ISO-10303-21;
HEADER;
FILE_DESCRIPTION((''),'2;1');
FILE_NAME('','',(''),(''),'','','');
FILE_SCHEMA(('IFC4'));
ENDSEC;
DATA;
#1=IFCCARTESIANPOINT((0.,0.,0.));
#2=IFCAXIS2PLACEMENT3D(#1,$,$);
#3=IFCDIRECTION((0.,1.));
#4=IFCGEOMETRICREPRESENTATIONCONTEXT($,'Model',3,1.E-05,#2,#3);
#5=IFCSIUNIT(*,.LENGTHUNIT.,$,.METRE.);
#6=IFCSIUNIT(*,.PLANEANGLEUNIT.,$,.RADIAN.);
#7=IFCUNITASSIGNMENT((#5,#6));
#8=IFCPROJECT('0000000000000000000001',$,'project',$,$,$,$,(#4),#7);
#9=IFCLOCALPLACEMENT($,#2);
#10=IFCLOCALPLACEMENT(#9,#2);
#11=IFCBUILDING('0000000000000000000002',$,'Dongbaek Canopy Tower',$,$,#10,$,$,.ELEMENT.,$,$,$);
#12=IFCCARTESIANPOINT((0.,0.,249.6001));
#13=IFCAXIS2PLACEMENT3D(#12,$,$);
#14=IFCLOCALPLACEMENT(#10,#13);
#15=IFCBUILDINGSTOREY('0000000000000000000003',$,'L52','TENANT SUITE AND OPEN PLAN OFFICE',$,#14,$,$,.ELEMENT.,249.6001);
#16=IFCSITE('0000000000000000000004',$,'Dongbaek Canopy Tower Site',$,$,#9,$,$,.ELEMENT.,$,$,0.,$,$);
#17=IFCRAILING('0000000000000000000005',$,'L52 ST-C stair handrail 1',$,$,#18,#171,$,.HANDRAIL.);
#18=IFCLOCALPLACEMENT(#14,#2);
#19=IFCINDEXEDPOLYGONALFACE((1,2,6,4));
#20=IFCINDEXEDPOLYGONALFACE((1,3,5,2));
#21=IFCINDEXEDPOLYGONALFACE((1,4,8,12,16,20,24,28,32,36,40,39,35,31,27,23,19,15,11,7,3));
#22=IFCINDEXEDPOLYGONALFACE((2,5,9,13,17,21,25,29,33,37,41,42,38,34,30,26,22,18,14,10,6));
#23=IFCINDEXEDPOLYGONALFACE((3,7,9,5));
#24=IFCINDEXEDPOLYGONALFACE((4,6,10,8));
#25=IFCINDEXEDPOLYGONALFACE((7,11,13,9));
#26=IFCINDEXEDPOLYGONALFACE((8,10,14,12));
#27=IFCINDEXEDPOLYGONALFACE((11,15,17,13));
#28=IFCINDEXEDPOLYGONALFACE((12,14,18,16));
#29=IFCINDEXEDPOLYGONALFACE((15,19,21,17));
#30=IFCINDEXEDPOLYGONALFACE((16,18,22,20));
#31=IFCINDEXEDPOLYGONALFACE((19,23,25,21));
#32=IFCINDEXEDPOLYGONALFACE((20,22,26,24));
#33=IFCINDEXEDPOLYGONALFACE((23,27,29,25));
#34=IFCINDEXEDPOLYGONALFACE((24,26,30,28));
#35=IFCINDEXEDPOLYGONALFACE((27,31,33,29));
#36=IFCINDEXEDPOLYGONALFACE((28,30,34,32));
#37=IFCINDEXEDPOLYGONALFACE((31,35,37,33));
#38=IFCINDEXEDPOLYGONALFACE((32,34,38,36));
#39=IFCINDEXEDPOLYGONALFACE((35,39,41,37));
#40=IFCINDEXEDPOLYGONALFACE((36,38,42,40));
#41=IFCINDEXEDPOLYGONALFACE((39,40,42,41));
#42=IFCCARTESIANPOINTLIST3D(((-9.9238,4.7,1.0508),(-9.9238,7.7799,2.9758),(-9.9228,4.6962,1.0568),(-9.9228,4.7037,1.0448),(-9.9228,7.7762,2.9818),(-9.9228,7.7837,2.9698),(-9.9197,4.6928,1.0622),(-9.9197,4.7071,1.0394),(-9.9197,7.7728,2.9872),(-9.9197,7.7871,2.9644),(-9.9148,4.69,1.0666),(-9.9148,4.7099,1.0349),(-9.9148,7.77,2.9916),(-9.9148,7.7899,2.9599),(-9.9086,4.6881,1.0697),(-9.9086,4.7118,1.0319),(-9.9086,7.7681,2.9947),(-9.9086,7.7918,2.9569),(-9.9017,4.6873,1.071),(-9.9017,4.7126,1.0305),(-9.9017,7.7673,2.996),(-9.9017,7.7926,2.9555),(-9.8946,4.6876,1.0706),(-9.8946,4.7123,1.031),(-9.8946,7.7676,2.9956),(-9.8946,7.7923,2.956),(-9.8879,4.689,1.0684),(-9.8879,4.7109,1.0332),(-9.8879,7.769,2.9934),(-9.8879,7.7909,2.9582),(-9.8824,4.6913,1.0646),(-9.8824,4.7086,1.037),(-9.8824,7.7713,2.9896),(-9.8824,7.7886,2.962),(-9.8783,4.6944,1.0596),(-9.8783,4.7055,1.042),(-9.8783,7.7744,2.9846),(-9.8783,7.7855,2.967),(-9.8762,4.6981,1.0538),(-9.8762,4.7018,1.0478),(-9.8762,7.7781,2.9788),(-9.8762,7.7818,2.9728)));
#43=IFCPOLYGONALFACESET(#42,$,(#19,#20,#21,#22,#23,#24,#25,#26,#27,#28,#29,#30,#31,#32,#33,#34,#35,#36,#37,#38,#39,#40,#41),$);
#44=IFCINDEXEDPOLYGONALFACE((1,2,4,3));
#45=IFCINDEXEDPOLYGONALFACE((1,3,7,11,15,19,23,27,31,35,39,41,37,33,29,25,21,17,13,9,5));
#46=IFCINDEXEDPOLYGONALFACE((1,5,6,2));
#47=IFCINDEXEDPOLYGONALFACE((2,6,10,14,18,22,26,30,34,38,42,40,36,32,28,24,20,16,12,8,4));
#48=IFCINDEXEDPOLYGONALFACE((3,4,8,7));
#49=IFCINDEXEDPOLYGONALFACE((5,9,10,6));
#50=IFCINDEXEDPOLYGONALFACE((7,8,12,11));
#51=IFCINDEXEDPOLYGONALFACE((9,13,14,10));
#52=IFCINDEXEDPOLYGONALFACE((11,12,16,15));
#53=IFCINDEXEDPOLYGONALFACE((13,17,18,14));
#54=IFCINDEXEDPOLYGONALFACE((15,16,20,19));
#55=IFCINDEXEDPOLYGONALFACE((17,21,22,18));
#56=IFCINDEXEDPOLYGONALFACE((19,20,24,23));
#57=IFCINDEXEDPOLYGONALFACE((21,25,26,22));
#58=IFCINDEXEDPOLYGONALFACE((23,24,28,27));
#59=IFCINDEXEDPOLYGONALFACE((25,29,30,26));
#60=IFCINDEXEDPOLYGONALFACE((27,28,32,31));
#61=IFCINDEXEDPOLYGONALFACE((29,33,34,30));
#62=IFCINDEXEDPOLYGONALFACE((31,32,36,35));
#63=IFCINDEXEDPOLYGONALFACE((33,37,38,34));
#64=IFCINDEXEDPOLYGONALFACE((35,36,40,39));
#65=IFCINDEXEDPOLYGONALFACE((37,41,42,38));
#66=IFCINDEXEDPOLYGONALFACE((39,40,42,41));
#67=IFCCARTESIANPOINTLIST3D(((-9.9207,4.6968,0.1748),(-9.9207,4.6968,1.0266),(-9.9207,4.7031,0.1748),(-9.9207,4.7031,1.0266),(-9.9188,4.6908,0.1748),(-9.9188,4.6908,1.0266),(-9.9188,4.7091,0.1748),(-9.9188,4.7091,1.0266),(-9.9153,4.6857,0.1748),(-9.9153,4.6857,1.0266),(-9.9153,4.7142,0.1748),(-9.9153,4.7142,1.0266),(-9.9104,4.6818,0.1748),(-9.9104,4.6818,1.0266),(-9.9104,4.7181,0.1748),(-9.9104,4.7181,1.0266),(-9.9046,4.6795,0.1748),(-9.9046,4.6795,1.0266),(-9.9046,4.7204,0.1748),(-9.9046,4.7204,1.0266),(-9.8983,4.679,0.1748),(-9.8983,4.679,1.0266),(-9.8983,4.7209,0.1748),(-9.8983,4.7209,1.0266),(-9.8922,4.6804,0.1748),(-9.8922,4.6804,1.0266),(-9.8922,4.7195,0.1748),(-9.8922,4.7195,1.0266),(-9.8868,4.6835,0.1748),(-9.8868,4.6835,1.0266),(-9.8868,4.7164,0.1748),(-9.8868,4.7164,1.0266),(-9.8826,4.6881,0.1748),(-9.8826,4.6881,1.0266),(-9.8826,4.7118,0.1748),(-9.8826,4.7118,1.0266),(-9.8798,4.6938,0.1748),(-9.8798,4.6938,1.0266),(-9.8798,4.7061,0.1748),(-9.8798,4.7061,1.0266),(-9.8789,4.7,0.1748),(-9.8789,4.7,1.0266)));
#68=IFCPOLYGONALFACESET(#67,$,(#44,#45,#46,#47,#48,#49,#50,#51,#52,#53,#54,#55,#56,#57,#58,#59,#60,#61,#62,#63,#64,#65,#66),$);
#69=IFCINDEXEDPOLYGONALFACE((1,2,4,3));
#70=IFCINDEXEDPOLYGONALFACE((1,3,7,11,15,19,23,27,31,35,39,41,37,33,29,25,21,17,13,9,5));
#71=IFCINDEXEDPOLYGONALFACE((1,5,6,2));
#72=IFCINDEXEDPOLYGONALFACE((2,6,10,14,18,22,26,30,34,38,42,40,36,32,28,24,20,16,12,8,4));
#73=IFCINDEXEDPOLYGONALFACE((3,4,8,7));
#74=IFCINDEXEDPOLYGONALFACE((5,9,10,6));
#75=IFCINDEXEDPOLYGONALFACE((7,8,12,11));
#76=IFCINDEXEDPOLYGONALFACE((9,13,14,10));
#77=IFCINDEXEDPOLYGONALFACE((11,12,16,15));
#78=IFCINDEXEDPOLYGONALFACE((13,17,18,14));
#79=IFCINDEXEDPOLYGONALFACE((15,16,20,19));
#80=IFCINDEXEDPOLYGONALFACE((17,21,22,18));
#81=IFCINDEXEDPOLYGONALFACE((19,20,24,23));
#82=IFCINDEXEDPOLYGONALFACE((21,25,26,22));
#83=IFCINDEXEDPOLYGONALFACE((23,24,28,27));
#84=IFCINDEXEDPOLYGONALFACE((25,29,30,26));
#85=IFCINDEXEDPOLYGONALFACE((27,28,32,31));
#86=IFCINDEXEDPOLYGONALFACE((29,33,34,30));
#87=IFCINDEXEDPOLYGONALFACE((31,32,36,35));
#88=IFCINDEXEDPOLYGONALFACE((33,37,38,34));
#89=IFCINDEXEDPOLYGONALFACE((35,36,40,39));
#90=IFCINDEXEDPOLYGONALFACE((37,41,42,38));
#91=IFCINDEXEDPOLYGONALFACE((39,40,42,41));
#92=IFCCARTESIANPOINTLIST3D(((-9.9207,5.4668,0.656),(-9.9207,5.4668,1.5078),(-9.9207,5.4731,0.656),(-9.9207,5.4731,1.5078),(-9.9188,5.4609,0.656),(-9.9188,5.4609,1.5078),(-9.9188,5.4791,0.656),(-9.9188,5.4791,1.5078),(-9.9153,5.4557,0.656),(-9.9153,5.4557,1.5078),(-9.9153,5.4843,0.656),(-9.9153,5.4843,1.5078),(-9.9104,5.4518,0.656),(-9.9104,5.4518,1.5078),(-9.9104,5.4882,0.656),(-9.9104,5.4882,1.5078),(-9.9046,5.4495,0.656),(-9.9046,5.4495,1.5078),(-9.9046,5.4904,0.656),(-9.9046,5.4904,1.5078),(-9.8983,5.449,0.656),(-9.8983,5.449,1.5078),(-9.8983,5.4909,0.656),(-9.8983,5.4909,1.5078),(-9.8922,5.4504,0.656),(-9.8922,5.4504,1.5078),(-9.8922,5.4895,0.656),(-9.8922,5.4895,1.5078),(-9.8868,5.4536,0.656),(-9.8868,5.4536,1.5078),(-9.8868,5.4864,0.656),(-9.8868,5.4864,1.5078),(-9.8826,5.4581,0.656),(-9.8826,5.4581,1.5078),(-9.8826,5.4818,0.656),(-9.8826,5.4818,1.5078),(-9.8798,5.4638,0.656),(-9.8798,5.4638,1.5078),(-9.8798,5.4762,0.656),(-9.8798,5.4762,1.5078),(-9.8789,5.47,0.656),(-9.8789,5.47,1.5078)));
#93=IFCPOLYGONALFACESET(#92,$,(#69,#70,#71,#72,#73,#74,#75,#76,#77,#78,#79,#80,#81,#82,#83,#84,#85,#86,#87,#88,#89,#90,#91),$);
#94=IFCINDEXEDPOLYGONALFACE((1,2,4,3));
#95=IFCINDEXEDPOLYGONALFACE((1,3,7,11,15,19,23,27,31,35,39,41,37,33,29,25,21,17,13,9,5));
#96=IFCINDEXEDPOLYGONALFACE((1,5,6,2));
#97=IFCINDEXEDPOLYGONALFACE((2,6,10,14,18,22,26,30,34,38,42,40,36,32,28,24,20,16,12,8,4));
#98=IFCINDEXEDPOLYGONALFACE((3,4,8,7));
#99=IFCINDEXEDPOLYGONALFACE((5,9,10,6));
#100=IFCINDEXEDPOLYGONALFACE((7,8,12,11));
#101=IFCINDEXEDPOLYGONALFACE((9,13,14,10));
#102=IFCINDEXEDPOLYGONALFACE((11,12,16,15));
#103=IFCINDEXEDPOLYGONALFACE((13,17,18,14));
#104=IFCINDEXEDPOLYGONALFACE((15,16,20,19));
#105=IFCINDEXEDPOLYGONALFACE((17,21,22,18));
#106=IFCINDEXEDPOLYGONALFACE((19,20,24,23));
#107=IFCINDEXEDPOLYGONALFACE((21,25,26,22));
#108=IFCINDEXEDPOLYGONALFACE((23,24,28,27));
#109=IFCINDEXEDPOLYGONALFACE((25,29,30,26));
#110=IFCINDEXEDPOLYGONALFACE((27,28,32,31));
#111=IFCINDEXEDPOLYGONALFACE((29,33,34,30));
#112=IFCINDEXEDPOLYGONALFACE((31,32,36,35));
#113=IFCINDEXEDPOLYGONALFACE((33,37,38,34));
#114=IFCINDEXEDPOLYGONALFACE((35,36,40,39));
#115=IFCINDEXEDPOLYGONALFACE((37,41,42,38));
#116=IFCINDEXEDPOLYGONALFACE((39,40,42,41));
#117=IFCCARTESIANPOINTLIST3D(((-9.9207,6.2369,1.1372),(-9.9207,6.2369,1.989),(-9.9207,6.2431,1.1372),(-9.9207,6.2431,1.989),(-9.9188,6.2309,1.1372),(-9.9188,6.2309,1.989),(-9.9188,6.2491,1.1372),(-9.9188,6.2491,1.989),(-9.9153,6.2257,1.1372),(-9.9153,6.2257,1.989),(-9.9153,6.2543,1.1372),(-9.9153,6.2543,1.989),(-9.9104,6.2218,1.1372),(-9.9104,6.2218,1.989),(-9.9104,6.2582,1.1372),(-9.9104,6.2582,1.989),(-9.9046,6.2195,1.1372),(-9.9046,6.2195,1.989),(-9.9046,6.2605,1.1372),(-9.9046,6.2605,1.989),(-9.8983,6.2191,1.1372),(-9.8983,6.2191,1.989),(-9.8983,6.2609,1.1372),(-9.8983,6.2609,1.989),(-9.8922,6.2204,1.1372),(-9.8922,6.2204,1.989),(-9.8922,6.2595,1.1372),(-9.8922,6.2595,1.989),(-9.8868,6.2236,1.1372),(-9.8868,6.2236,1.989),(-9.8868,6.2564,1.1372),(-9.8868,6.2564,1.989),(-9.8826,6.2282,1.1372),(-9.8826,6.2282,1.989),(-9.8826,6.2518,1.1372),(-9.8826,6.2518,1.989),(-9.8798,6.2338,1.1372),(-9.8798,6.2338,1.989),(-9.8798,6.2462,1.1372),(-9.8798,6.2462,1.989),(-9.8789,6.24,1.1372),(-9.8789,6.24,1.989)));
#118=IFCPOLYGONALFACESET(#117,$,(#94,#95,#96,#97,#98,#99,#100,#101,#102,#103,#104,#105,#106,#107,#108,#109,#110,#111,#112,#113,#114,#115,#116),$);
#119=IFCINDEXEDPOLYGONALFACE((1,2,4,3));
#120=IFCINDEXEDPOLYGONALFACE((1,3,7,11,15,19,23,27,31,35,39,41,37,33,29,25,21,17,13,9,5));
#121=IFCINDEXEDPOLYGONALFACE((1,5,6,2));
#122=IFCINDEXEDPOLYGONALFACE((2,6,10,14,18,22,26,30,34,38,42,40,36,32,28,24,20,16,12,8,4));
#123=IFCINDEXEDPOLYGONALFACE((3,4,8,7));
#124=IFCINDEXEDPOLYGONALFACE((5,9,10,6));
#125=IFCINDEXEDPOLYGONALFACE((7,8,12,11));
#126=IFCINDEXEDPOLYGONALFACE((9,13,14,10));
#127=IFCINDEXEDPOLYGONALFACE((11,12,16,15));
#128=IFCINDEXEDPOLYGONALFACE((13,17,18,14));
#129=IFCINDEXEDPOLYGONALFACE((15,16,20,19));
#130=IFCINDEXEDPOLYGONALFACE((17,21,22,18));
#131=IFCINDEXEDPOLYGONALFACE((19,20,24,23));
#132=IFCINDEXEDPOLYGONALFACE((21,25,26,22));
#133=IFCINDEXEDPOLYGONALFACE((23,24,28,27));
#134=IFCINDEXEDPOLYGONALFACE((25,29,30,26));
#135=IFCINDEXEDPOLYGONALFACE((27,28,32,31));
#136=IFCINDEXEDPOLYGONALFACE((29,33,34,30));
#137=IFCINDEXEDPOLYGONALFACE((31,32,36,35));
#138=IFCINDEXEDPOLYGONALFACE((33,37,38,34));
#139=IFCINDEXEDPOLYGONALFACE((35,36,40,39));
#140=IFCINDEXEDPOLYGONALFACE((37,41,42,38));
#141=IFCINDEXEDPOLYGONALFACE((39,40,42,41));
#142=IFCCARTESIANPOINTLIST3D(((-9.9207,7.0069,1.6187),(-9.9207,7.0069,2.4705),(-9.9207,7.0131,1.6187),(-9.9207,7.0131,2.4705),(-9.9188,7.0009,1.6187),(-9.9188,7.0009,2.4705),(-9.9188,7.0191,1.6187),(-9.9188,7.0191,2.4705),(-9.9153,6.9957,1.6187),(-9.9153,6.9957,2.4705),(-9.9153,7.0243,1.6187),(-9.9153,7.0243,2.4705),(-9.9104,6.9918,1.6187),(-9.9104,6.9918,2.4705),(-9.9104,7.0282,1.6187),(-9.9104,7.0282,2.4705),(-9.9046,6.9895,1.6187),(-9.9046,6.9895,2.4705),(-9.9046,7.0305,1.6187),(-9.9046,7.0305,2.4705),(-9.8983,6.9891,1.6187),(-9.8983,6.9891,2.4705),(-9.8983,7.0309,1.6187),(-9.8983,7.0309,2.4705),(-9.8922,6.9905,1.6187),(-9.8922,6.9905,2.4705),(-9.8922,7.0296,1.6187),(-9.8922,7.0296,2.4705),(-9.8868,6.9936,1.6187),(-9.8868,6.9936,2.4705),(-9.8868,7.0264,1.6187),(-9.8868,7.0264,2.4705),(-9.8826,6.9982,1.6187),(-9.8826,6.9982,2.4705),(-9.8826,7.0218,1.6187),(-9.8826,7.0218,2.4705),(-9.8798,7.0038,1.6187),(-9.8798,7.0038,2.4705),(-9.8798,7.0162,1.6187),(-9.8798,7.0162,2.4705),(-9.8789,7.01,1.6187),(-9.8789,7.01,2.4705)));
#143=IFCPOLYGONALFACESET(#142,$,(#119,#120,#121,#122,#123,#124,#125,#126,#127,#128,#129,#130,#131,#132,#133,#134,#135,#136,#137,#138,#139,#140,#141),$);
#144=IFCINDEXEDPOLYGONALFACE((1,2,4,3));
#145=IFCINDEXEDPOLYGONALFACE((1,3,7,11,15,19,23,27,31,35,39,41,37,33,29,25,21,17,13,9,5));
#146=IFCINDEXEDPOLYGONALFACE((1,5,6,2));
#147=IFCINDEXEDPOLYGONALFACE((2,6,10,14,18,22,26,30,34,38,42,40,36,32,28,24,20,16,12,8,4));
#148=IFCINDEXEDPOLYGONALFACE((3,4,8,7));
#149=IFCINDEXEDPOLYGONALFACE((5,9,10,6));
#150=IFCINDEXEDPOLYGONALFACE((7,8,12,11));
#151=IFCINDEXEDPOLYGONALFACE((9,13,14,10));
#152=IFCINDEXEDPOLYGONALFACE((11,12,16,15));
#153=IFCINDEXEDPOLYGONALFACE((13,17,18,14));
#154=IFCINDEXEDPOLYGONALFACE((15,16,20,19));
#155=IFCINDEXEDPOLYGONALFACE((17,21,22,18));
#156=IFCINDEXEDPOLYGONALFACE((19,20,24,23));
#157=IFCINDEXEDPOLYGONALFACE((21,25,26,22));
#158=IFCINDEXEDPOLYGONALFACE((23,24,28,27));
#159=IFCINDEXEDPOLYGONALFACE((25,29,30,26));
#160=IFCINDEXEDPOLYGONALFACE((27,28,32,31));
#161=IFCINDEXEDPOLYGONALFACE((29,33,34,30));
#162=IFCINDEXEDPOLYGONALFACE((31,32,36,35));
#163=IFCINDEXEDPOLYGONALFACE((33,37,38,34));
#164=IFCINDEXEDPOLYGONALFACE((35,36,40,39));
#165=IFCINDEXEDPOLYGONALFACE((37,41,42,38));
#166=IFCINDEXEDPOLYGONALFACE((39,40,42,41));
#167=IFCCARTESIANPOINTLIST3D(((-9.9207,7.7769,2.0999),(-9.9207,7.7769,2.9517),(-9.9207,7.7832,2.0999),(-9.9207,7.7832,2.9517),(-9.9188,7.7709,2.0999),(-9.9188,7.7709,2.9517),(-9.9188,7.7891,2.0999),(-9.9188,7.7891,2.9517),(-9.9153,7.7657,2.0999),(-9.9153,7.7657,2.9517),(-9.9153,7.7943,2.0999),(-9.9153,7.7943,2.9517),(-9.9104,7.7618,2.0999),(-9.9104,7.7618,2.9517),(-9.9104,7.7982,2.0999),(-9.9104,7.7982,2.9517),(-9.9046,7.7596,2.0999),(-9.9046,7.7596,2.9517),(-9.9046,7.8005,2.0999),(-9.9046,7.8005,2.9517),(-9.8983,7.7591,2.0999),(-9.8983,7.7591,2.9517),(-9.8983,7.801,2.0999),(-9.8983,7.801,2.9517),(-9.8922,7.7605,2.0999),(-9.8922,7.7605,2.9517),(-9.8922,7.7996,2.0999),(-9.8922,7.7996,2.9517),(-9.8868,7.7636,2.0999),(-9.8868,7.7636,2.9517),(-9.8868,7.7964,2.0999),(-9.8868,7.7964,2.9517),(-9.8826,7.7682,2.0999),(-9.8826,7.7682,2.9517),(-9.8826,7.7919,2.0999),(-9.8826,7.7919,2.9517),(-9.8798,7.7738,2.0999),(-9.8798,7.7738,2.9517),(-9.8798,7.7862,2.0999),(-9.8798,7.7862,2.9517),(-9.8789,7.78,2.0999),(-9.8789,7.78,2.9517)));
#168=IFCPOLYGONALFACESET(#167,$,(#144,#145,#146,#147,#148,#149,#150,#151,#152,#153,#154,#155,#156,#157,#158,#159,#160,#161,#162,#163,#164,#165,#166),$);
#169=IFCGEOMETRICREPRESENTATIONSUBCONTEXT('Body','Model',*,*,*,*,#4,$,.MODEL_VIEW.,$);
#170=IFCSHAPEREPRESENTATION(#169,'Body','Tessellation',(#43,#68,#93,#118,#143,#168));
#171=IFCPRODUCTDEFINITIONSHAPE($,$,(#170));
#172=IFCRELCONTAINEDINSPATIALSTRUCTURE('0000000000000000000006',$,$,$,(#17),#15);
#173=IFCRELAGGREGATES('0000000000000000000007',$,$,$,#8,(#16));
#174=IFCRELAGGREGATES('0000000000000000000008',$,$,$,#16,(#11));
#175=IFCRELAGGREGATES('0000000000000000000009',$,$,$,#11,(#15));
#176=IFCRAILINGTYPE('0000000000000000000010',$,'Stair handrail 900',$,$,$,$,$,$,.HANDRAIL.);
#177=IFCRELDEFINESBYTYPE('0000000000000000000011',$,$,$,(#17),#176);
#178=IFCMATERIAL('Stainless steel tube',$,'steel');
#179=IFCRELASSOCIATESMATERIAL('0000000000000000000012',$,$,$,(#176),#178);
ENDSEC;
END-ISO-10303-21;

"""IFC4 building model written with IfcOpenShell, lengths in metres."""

from ifc_helpers import new_model, si_unit, direction, frame, origin, origin_2d, place, context, subcontext, project, spatial, circle, extrude, material, type_object, element, save


model = new_model("IFC4")

# Units and contexts
model_context = context("Model", 3, precision=1e-05, world=origin(), true_north=direction((0.0, 1.0)))
body_context = subcontext(model_context, "Body", "Model", "MODEL_VIEW")
ifc_project = project(units=[si_unit("LENGTHUNIT", "METRE"), si_unit("PLANEANGLEUNIT", "RADIAN")], contexts=[model_context])

# Site, building, storey
site_placement = place(None, origin())
site = spatial("IfcSite", under=ifc_project, at=site_placement, Name="Dongbaek Canopy Tower Site", CompositionType="ELEMENT", RefElevation=0.0)
building_placement = place(site_placement, origin())
building = spatial("IfcBuilding", under=site, at=building_placement, Name="Dongbaek Canopy Tower", CompositionType="ELEMENT")
storey_placement = place(building_placement, frame((0.0, 0.0, 249.6001)))
storey = spatial("IfcBuildingStorey", under=building, at=storey_placement, Name="L52", Description="TENANT SUITE AND OPEN PLAN OFFICE", CompositionType="ELEMENT", Elevation=249.6001)

# Railing
ifc_material_1 = material(Name="Stainless steel tube", Category="steel")
railing_type_1 = type_object("IfcRailingType", Name="Stair handrail 900", PredefinedType="HANDRAIL", material=ifc_material_1)
railing_1_placement = place(storey_placement, frame((-9.8999, 4.7, 0.1748)))
element("IfcRailing", 1, at=railing_1_placement, inside=storey, type_object=railing_type_1, Name="L52 ST-C stair handrail 1", PredefinedType="HANDRAIL", context=body_context, shape_type="SweptSolid", body=[
    extrude(circle(Radius=0.0239, at=origin_2d()), frame((0.0, 0.0, 0.876), z_axis=(0.0, 0.847998, 0.529999), x_axis=(-1.0, 0.0, 0.0)), (0.0, 0.0, 1.0), 3.6321),
    extrude(circle(Radius=0.021, at=origin_2d()), origin(), (0.0, 0.0, 1.0), 0.8518),
    extrude(circle(Radius=0.021, at=origin_2d()), frame((0.0, 0.77, 0.4812)), (0.0, 0.0, 1.0), 0.8518),
    extrude(circle(Radius=0.021, at=origin_2d()), frame((0.0, 1.54, 0.9624)), (0.0, 0.0, 1.0), 0.8518),
    extrude(circle(Radius=0.021, at=origin_2d()), frame((0.0, 2.3101, 1.4438)), (0.0, 0.0, 1.0), 0.8518),
    extrude(circle(Radius=0.021, at=origin_2d()), frame((0.0, 3.0801, 1.925)), (0.0, 0.0, 1.0), 0.8518),
])

save(model, "model.ifc")
